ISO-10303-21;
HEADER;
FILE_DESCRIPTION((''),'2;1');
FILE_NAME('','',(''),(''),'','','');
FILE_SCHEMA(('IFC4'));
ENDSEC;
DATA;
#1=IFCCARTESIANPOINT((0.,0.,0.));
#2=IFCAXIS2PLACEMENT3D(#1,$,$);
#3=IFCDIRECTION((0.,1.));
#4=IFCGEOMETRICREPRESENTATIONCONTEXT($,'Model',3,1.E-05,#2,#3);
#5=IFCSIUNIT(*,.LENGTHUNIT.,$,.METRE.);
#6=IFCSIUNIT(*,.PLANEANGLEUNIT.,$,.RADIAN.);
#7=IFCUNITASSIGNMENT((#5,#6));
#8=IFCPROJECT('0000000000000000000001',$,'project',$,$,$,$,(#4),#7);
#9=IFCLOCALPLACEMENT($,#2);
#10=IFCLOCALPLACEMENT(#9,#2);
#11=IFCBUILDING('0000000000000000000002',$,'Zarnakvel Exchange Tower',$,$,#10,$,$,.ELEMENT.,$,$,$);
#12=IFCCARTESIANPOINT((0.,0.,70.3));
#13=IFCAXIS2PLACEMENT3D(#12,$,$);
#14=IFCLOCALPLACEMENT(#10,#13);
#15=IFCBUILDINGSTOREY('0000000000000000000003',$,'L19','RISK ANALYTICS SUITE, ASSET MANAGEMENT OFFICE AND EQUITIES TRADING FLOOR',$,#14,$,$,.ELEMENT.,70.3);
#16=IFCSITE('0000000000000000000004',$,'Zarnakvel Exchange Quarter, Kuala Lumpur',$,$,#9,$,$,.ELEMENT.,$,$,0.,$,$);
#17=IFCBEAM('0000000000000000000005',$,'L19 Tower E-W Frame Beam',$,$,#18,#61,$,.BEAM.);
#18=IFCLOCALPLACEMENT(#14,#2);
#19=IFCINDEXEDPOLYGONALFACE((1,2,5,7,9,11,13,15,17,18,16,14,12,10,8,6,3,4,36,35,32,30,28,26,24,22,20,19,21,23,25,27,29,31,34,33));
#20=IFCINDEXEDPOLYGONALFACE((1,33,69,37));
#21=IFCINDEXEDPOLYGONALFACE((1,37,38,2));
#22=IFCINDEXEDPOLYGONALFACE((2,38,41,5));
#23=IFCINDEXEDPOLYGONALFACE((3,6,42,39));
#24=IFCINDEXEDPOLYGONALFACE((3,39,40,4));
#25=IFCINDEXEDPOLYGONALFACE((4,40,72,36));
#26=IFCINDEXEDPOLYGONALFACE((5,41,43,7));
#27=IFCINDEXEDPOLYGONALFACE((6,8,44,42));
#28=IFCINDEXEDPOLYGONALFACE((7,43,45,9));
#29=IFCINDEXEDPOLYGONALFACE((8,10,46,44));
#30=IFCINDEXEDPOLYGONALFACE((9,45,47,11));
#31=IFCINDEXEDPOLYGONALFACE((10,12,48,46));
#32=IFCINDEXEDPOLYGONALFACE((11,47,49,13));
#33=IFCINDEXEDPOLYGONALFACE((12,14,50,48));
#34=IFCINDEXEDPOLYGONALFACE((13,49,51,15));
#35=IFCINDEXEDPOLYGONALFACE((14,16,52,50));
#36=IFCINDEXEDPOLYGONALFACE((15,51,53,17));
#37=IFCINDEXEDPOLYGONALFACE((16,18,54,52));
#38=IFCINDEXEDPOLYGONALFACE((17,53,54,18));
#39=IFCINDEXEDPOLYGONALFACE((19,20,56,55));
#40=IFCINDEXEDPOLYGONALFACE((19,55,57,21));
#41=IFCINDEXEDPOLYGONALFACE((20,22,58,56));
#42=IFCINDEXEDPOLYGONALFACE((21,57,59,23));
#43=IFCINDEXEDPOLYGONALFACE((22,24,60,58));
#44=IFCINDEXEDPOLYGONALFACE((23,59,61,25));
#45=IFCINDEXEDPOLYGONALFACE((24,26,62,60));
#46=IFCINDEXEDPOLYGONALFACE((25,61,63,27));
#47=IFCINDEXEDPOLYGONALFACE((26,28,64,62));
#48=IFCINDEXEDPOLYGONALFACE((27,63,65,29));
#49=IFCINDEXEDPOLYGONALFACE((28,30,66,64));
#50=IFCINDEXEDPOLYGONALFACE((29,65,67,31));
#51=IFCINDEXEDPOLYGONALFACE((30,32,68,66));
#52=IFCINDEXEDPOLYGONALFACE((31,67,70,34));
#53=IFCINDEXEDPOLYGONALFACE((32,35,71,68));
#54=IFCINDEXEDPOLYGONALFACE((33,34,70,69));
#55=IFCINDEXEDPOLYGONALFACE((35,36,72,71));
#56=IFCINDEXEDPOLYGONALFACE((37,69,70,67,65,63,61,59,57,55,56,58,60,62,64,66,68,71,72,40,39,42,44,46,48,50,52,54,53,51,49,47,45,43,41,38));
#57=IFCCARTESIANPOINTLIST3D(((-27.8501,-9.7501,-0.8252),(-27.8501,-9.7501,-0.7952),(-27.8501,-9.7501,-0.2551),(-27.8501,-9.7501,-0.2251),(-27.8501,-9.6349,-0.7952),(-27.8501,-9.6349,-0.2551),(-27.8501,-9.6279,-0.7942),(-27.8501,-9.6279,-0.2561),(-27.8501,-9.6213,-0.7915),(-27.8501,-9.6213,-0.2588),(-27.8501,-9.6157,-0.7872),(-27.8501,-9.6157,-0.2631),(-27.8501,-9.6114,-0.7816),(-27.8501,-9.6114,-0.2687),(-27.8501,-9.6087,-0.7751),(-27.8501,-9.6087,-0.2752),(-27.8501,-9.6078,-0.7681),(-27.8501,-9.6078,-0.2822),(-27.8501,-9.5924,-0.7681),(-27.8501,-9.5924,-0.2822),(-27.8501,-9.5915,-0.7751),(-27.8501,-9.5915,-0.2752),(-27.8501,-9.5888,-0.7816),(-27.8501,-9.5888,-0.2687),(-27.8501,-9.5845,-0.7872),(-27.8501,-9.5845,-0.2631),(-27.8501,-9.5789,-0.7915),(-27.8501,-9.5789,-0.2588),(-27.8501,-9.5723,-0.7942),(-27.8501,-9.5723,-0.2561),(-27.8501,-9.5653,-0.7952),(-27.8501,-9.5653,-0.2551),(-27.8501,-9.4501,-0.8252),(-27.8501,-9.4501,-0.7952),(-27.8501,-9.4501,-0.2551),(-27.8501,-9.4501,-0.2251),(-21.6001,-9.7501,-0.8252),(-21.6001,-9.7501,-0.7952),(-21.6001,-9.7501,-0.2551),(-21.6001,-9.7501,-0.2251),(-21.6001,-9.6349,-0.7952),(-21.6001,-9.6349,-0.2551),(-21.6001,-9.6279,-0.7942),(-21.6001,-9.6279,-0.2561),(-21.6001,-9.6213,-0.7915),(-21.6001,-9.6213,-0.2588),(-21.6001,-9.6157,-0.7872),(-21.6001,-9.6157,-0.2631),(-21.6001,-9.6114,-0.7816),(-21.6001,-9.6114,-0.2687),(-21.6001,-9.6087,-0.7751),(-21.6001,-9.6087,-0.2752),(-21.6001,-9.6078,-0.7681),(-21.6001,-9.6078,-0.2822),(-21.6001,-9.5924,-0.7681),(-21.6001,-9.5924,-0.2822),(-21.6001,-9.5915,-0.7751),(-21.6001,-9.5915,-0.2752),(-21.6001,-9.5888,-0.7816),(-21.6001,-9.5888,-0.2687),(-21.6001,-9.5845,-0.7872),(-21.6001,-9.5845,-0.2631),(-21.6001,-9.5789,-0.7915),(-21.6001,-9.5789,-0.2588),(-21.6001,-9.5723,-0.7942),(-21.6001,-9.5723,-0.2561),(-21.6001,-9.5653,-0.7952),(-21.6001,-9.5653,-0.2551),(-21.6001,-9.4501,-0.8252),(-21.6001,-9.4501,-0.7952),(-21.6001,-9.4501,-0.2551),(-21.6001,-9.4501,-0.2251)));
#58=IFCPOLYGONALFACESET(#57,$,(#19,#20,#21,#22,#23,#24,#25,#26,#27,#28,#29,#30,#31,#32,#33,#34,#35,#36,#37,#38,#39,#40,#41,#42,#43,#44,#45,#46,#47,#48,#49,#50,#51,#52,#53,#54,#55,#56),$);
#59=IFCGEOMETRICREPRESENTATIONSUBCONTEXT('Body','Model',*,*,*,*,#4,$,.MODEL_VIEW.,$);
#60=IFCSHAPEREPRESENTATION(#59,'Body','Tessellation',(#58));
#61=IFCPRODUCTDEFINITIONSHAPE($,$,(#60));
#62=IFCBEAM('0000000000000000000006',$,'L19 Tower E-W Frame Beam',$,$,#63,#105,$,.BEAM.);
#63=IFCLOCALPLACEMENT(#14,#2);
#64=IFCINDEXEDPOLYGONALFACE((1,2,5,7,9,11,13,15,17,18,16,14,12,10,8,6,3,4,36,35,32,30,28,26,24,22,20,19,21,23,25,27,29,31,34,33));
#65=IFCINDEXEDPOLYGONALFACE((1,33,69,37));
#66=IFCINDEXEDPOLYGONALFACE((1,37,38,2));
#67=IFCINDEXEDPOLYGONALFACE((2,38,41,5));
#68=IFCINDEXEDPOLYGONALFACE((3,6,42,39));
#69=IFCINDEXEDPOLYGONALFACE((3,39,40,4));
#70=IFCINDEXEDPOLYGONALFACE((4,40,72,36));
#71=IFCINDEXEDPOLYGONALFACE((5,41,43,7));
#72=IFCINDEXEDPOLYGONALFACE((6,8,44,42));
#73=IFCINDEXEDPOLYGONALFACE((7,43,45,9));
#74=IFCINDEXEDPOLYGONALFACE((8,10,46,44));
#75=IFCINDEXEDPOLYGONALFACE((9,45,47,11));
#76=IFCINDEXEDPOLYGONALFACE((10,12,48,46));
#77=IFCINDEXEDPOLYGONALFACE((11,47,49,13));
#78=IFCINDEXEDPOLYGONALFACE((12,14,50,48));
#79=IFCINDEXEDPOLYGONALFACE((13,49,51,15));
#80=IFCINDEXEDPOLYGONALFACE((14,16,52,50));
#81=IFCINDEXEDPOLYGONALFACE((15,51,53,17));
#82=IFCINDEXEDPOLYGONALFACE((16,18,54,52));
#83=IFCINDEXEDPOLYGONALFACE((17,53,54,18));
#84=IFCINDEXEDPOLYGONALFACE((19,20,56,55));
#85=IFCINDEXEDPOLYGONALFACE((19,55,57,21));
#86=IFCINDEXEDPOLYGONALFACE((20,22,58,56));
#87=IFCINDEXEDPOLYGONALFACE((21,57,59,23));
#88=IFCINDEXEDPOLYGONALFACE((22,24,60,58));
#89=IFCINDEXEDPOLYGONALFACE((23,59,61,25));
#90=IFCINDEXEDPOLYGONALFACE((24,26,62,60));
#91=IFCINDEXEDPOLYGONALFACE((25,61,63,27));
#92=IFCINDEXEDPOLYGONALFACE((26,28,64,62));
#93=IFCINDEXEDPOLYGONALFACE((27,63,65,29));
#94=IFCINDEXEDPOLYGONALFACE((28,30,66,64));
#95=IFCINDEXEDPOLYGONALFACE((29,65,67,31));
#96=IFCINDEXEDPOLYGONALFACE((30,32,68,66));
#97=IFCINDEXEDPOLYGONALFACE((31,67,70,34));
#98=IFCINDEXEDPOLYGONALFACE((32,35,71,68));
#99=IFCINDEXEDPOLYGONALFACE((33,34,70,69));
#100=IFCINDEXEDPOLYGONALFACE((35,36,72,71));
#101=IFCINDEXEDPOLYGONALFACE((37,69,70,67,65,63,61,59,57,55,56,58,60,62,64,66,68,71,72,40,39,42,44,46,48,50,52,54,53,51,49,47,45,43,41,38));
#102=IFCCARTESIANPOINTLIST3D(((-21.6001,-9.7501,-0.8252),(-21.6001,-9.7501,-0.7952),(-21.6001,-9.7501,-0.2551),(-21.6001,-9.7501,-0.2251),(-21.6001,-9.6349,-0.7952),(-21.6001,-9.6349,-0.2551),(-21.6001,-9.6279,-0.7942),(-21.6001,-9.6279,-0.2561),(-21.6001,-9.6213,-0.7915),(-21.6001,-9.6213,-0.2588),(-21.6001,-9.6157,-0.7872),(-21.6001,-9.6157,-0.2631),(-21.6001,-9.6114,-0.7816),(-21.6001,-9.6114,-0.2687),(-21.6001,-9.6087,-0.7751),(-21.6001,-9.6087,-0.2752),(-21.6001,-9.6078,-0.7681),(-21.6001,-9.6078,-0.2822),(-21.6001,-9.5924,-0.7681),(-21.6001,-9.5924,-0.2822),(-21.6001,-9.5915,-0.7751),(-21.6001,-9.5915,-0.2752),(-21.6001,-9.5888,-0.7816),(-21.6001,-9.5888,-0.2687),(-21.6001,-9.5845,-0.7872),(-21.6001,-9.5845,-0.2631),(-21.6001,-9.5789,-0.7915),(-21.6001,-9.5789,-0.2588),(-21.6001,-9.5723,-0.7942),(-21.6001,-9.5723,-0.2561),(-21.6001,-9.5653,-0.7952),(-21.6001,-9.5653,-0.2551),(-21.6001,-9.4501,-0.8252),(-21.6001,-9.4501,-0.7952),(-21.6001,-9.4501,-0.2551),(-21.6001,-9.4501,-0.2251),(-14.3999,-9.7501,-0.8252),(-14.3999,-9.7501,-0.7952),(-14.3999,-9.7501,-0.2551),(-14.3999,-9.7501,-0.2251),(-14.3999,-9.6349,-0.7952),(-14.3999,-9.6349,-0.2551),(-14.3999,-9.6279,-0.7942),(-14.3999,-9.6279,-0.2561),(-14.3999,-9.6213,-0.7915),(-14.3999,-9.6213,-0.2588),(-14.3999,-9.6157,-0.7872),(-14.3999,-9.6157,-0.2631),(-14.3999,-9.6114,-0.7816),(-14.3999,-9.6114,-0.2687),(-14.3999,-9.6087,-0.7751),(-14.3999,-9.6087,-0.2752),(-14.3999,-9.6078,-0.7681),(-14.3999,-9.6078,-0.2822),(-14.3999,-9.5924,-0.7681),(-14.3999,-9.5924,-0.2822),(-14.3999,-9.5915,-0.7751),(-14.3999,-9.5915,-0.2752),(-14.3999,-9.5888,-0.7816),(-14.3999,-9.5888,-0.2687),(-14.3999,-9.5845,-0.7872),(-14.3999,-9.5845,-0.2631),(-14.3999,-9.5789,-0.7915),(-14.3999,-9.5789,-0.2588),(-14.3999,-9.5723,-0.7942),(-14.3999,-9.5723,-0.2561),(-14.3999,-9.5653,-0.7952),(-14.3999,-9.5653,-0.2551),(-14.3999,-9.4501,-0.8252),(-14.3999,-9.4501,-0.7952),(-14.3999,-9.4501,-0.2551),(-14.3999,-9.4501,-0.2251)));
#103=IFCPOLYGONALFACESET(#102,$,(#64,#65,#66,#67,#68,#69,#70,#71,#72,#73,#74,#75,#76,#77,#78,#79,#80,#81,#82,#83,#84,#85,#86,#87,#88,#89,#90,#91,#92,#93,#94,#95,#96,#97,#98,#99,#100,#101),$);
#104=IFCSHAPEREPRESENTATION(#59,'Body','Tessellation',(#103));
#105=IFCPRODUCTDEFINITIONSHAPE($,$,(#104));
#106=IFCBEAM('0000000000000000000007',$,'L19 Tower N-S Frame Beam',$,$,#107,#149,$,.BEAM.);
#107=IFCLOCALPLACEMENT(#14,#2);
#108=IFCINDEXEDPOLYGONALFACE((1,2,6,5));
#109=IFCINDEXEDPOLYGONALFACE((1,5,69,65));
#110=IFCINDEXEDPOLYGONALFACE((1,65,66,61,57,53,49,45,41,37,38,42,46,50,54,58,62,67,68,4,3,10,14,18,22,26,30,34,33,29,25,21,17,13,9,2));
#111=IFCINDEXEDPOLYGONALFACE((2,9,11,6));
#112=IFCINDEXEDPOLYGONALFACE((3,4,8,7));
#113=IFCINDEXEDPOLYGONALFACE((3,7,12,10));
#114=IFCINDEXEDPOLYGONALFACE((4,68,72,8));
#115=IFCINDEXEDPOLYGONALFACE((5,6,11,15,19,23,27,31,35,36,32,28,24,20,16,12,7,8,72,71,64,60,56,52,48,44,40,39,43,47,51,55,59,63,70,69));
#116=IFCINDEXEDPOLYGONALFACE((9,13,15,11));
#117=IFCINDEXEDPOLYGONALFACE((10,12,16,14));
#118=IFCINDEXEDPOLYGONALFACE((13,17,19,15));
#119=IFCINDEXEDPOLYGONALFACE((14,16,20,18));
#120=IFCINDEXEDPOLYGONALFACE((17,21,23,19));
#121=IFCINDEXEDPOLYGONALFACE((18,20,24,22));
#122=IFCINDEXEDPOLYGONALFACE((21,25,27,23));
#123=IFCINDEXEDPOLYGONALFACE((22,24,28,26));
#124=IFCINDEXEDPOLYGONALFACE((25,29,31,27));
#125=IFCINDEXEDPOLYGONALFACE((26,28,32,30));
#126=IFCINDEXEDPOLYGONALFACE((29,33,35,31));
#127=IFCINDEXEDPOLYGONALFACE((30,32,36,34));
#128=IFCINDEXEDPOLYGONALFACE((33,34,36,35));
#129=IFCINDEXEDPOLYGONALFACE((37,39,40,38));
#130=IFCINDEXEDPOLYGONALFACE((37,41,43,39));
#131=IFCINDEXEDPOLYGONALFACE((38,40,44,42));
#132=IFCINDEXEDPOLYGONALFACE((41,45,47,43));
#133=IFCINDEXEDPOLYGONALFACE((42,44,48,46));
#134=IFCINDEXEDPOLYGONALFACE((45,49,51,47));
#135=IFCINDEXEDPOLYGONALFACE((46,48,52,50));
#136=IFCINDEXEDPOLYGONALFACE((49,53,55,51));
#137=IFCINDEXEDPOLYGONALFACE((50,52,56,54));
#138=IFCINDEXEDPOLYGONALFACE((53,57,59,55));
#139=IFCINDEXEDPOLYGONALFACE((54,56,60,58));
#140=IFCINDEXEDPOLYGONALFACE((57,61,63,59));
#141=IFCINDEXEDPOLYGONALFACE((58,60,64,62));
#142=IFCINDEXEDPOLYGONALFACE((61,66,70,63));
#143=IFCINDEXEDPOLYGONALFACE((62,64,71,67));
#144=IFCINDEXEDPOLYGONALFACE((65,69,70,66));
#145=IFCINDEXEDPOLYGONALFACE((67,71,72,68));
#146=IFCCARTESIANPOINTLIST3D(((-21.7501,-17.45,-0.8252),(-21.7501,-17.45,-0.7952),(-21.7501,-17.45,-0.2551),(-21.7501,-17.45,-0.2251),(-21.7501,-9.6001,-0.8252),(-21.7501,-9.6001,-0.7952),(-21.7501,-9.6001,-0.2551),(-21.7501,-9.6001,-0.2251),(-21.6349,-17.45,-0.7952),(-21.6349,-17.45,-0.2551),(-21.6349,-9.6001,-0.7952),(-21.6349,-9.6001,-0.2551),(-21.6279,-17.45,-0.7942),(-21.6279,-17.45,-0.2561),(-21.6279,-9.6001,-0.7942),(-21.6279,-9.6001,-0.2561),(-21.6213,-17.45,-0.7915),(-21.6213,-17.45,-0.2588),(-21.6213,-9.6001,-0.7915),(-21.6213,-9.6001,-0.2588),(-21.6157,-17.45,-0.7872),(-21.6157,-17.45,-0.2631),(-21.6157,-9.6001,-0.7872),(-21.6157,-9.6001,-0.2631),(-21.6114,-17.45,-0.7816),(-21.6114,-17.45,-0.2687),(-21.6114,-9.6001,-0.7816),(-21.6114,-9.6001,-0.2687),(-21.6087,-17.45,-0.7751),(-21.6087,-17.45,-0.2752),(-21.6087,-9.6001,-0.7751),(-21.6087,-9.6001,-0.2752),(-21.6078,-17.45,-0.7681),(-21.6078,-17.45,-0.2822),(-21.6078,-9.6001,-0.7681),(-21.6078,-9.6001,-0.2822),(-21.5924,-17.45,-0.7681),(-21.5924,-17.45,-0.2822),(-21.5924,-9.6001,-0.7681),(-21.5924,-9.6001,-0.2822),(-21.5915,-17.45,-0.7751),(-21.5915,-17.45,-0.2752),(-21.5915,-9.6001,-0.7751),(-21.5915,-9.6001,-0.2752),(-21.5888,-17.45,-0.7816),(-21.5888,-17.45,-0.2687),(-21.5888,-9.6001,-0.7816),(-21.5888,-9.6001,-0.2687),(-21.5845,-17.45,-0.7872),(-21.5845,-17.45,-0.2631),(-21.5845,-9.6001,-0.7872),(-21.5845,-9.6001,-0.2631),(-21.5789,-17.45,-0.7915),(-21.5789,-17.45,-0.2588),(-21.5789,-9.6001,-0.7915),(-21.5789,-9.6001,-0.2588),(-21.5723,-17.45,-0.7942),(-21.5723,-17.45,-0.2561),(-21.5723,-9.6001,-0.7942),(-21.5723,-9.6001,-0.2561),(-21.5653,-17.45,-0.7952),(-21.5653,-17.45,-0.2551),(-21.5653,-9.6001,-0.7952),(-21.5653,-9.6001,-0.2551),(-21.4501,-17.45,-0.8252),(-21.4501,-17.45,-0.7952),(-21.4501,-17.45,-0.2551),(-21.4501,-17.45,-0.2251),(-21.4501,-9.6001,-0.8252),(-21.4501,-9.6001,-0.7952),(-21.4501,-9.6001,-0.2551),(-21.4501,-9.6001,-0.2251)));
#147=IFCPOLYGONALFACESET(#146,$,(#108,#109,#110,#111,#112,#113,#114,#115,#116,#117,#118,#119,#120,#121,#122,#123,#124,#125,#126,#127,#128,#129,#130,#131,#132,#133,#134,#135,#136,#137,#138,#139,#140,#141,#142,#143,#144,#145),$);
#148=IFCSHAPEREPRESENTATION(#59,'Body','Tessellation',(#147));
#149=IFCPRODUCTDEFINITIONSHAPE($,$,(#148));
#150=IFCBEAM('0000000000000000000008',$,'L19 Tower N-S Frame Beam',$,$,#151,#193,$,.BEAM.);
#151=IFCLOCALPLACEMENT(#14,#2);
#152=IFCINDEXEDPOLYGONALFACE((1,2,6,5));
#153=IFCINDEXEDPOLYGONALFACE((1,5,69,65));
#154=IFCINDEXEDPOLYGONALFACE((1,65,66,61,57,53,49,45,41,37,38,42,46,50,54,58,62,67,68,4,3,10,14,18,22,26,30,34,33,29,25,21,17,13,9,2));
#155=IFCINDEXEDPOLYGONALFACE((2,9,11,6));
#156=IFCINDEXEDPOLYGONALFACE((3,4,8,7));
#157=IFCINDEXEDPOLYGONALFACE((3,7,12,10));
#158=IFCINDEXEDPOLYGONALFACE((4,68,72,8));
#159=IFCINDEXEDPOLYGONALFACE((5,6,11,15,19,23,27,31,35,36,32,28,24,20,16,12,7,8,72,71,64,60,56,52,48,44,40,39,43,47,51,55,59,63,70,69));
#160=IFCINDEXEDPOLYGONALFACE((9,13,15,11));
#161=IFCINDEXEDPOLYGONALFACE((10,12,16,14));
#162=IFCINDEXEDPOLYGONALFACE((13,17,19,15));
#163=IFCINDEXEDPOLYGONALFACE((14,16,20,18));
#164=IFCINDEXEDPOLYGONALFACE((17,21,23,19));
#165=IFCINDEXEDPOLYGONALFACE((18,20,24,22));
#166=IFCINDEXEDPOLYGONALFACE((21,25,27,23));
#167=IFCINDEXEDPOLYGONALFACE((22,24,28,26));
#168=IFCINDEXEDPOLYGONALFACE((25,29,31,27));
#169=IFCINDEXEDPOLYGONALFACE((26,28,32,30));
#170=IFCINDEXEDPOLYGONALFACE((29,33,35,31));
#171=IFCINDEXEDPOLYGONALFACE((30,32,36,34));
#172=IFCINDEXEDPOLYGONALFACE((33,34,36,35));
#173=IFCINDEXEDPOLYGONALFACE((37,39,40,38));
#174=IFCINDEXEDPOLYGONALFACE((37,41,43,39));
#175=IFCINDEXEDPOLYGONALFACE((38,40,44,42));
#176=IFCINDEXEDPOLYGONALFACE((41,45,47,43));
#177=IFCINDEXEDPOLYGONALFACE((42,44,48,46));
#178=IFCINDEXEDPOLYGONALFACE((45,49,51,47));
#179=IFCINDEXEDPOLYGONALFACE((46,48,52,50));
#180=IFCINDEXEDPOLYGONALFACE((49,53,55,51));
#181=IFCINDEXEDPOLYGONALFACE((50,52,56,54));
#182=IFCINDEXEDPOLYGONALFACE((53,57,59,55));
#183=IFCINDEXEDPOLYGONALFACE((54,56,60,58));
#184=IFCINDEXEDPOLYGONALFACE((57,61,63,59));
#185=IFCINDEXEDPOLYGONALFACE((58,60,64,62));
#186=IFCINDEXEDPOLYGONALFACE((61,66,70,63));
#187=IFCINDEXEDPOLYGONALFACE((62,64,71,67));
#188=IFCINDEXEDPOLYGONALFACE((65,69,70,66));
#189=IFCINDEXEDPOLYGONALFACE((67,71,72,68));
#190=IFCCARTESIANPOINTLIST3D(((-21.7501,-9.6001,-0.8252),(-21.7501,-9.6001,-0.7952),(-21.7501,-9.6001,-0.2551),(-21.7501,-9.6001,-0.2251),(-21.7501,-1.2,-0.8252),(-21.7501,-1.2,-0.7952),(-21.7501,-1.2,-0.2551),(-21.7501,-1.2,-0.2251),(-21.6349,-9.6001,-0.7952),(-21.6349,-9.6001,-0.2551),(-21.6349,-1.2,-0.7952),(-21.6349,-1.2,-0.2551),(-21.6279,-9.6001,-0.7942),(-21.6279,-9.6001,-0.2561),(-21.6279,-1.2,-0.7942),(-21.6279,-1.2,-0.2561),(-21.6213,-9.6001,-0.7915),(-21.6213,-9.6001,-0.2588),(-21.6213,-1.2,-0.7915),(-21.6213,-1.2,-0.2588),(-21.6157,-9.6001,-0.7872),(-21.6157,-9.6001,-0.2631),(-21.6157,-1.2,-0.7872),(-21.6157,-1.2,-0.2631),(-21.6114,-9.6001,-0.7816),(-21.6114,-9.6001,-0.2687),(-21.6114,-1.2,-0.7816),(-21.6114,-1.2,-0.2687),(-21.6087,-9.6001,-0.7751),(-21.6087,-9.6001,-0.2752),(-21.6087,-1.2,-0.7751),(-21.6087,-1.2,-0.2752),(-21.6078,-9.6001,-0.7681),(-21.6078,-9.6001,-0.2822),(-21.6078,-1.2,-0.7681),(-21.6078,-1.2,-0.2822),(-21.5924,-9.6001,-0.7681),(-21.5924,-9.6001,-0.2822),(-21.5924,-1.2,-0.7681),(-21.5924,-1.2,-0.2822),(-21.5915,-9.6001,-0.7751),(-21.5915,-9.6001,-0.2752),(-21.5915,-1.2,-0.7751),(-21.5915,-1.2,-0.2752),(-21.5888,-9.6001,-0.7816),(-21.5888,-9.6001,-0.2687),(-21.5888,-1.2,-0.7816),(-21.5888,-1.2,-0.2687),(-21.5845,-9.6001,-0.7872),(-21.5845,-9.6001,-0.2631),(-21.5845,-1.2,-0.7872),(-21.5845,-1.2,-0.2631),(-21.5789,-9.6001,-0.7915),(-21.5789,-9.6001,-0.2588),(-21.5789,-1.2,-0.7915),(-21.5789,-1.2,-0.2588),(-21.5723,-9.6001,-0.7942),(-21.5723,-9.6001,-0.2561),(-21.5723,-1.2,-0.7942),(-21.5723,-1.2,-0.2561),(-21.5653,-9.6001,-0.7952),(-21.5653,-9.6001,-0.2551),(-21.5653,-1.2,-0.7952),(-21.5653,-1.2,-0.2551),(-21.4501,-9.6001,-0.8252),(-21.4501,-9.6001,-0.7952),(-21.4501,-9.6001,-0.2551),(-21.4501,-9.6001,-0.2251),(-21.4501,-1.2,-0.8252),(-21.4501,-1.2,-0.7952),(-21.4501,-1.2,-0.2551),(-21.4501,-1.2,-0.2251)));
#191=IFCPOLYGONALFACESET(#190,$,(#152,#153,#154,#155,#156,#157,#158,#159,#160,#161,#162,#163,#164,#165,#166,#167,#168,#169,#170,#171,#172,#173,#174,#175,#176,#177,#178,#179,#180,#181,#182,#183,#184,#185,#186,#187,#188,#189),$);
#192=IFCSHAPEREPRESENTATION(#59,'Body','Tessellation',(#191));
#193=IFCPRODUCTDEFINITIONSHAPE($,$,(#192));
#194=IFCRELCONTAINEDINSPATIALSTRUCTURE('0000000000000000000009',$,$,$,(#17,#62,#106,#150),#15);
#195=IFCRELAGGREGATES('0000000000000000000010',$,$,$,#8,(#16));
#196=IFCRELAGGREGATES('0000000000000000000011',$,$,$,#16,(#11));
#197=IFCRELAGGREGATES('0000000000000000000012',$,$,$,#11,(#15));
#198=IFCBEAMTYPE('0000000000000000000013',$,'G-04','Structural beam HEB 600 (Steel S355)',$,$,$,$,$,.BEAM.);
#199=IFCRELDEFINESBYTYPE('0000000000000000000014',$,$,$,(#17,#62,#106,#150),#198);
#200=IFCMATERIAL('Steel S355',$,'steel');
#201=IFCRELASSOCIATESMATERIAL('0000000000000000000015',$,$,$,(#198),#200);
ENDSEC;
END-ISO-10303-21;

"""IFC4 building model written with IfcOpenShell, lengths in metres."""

from ifc_helpers import new_model, si_unit, direction, frame, origin, origin_2d, place, context, subcontext, project, spatial, i_section, extrude, material, material_profile, profile_set, type_object, element, save


model = new_model("IFC4")

# Units and contexts
model_context = context("Model", 3, precision=1e-05, world=origin(), true_north=direction((0.0, 1.0)))
body_context = subcontext(model_context, "Body", "Model", "MODEL_VIEW")
ifc_project = project(units=[si_unit("LENGTHUNIT", "METRE"), si_unit("PLANEANGLEUNIT", "RADIAN")], contexts=[model_context])

# Site, building, storey
site_placement = place(None, origin())
site = spatial("IfcSite", under=ifc_project, at=site_placement, Name="Zarnakvel Exchange Quarter, Kuala Lumpur", CompositionType="ELEMENT", RefElevation=0.0)
building_placement = place(site_placement, origin())
building = spatial("IfcBuilding", under=site, at=building_placement, Name="Zarnakvel Exchange Tower", CompositionType="ELEMENT")
storey_placement = place(building_placement, frame((0.0, 0.0, 70.3)))
storey = spatial("IfcBuildingStorey", under=building, at=storey_placement, Name="L19", Description="RISK ANALYTICS SUITE, ASSET MANAGEMENT OFFICE AND EQUITIES TRADING FLOOR", CompositionType="ELEMENT", Elevation=70.3)

# Shared definitions
ifc_material_1 = material(Name="Steel S355", Category="steel")

# Beams
ifc_material_profile_1 = material_profile(ifc_material_1, i_section(OverallWidth=0.3, OverallDepth=0.6001, WebThickness=0.0154, FlangeThickness=0.03, FilletRadius=0.0271, at=origin_2d()))
ifc_profile_set_1 = profile_set([ifc_material_profile_1], Name="Steel S355")
beam_type_1 = type_object("IfcBeamType", Name="G-04", Description="Structural beam HEB 600 (Steel S355)", PredefinedType="BEAM", material=ifc_profile_set_1)
beam_1_placement = place(storey_placement, frame((-27.8501, -9.6001, -0.5251), z_axis=(1.0, 0.0, 0.0), x_axis=(0.0, 1.0, 0.0)))
element("IfcBeam", 1, at=beam_1_placement, inside=storey, type_object=beam_type_1, Name="L19 Tower E-W Frame Beam", PredefinedType="BEAM", context=body_context, shape_type="SweptSolid", body=[
    extrude(i_section(OverallWidth=0.3, OverallDepth=0.6001, WebThickness=0.0154, FlangeThickness=0.03, FilletRadius=0.0271, at=origin_2d()), origin(), (0.0, 0.0, 1.0), 6.25),
])
beam_2_placement = place(storey_placement, frame((-21.6001, -9.6001, -0.5251), z_axis=(1.0, 0.0, 0.0), x_axis=(0.0, 1.0, 0.0)))
element("IfcBeam", 2, at=beam_2_placement, inside=storey, type_object=beam_type_1, Name="L19 Tower E-W Frame Beam", PredefinedType="BEAM", context=body_context, shape_type="SweptSolid", body=[
    extrude(i_section(OverallWidth=0.3, OverallDepth=0.6001, WebThickness=0.0154, FlangeThickness=0.03, FilletRadius=0.0271, at=origin_2d()), origin(), (0.0, 0.0, 1.0), 7.2002),
])
beam_3_placement = place(storey_placement, frame((-21.6001, -17.45, -0.5251), z_axis=(0.0, 1.0, 0.0), x_axis=(-1.0, 0.0, 0.0)))
element("IfcBeam", 3, at=beam_3_placement, inside=storey, type_object=beam_type_1, Name="L19 Tower N-S Frame Beam", PredefinedType="BEAM", context=body_context, shape_type="SweptSolid", body=[
    extrude(i_section(OverallWidth=0.3, OverallDepth=0.6001, WebThickness=0.0154, FlangeThickness=0.03, FilletRadius=0.0271, at=origin_2d()), origin(), (0.0, 0.0, 1.0), 7.8499),
])
beam_4_placement = place(storey_placement, frame((-21.6001, -9.6001, -0.5251), z_axis=(0.0, 1.0, 0.0), x_axis=(-1.0, 0.0, 0.0)))
element("IfcBeam", 4, at=beam_4_placement, inside=storey, type_object=beam_type_1, Name="L19 Tower N-S Frame Beam", PredefinedType="BEAM", context=body_context, shape_type="SweptSolid", body=[
    extrude(i_section(OverallWidth=0.3, OverallDepth=0.6001, WebThickness=0.0154, FlangeThickness=0.03, FilletRadius=0.0271, at=origin_2d()), origin(), (0.0, 0.0, 1.0), 8.4001),
])

save(model, "model.ifc")
